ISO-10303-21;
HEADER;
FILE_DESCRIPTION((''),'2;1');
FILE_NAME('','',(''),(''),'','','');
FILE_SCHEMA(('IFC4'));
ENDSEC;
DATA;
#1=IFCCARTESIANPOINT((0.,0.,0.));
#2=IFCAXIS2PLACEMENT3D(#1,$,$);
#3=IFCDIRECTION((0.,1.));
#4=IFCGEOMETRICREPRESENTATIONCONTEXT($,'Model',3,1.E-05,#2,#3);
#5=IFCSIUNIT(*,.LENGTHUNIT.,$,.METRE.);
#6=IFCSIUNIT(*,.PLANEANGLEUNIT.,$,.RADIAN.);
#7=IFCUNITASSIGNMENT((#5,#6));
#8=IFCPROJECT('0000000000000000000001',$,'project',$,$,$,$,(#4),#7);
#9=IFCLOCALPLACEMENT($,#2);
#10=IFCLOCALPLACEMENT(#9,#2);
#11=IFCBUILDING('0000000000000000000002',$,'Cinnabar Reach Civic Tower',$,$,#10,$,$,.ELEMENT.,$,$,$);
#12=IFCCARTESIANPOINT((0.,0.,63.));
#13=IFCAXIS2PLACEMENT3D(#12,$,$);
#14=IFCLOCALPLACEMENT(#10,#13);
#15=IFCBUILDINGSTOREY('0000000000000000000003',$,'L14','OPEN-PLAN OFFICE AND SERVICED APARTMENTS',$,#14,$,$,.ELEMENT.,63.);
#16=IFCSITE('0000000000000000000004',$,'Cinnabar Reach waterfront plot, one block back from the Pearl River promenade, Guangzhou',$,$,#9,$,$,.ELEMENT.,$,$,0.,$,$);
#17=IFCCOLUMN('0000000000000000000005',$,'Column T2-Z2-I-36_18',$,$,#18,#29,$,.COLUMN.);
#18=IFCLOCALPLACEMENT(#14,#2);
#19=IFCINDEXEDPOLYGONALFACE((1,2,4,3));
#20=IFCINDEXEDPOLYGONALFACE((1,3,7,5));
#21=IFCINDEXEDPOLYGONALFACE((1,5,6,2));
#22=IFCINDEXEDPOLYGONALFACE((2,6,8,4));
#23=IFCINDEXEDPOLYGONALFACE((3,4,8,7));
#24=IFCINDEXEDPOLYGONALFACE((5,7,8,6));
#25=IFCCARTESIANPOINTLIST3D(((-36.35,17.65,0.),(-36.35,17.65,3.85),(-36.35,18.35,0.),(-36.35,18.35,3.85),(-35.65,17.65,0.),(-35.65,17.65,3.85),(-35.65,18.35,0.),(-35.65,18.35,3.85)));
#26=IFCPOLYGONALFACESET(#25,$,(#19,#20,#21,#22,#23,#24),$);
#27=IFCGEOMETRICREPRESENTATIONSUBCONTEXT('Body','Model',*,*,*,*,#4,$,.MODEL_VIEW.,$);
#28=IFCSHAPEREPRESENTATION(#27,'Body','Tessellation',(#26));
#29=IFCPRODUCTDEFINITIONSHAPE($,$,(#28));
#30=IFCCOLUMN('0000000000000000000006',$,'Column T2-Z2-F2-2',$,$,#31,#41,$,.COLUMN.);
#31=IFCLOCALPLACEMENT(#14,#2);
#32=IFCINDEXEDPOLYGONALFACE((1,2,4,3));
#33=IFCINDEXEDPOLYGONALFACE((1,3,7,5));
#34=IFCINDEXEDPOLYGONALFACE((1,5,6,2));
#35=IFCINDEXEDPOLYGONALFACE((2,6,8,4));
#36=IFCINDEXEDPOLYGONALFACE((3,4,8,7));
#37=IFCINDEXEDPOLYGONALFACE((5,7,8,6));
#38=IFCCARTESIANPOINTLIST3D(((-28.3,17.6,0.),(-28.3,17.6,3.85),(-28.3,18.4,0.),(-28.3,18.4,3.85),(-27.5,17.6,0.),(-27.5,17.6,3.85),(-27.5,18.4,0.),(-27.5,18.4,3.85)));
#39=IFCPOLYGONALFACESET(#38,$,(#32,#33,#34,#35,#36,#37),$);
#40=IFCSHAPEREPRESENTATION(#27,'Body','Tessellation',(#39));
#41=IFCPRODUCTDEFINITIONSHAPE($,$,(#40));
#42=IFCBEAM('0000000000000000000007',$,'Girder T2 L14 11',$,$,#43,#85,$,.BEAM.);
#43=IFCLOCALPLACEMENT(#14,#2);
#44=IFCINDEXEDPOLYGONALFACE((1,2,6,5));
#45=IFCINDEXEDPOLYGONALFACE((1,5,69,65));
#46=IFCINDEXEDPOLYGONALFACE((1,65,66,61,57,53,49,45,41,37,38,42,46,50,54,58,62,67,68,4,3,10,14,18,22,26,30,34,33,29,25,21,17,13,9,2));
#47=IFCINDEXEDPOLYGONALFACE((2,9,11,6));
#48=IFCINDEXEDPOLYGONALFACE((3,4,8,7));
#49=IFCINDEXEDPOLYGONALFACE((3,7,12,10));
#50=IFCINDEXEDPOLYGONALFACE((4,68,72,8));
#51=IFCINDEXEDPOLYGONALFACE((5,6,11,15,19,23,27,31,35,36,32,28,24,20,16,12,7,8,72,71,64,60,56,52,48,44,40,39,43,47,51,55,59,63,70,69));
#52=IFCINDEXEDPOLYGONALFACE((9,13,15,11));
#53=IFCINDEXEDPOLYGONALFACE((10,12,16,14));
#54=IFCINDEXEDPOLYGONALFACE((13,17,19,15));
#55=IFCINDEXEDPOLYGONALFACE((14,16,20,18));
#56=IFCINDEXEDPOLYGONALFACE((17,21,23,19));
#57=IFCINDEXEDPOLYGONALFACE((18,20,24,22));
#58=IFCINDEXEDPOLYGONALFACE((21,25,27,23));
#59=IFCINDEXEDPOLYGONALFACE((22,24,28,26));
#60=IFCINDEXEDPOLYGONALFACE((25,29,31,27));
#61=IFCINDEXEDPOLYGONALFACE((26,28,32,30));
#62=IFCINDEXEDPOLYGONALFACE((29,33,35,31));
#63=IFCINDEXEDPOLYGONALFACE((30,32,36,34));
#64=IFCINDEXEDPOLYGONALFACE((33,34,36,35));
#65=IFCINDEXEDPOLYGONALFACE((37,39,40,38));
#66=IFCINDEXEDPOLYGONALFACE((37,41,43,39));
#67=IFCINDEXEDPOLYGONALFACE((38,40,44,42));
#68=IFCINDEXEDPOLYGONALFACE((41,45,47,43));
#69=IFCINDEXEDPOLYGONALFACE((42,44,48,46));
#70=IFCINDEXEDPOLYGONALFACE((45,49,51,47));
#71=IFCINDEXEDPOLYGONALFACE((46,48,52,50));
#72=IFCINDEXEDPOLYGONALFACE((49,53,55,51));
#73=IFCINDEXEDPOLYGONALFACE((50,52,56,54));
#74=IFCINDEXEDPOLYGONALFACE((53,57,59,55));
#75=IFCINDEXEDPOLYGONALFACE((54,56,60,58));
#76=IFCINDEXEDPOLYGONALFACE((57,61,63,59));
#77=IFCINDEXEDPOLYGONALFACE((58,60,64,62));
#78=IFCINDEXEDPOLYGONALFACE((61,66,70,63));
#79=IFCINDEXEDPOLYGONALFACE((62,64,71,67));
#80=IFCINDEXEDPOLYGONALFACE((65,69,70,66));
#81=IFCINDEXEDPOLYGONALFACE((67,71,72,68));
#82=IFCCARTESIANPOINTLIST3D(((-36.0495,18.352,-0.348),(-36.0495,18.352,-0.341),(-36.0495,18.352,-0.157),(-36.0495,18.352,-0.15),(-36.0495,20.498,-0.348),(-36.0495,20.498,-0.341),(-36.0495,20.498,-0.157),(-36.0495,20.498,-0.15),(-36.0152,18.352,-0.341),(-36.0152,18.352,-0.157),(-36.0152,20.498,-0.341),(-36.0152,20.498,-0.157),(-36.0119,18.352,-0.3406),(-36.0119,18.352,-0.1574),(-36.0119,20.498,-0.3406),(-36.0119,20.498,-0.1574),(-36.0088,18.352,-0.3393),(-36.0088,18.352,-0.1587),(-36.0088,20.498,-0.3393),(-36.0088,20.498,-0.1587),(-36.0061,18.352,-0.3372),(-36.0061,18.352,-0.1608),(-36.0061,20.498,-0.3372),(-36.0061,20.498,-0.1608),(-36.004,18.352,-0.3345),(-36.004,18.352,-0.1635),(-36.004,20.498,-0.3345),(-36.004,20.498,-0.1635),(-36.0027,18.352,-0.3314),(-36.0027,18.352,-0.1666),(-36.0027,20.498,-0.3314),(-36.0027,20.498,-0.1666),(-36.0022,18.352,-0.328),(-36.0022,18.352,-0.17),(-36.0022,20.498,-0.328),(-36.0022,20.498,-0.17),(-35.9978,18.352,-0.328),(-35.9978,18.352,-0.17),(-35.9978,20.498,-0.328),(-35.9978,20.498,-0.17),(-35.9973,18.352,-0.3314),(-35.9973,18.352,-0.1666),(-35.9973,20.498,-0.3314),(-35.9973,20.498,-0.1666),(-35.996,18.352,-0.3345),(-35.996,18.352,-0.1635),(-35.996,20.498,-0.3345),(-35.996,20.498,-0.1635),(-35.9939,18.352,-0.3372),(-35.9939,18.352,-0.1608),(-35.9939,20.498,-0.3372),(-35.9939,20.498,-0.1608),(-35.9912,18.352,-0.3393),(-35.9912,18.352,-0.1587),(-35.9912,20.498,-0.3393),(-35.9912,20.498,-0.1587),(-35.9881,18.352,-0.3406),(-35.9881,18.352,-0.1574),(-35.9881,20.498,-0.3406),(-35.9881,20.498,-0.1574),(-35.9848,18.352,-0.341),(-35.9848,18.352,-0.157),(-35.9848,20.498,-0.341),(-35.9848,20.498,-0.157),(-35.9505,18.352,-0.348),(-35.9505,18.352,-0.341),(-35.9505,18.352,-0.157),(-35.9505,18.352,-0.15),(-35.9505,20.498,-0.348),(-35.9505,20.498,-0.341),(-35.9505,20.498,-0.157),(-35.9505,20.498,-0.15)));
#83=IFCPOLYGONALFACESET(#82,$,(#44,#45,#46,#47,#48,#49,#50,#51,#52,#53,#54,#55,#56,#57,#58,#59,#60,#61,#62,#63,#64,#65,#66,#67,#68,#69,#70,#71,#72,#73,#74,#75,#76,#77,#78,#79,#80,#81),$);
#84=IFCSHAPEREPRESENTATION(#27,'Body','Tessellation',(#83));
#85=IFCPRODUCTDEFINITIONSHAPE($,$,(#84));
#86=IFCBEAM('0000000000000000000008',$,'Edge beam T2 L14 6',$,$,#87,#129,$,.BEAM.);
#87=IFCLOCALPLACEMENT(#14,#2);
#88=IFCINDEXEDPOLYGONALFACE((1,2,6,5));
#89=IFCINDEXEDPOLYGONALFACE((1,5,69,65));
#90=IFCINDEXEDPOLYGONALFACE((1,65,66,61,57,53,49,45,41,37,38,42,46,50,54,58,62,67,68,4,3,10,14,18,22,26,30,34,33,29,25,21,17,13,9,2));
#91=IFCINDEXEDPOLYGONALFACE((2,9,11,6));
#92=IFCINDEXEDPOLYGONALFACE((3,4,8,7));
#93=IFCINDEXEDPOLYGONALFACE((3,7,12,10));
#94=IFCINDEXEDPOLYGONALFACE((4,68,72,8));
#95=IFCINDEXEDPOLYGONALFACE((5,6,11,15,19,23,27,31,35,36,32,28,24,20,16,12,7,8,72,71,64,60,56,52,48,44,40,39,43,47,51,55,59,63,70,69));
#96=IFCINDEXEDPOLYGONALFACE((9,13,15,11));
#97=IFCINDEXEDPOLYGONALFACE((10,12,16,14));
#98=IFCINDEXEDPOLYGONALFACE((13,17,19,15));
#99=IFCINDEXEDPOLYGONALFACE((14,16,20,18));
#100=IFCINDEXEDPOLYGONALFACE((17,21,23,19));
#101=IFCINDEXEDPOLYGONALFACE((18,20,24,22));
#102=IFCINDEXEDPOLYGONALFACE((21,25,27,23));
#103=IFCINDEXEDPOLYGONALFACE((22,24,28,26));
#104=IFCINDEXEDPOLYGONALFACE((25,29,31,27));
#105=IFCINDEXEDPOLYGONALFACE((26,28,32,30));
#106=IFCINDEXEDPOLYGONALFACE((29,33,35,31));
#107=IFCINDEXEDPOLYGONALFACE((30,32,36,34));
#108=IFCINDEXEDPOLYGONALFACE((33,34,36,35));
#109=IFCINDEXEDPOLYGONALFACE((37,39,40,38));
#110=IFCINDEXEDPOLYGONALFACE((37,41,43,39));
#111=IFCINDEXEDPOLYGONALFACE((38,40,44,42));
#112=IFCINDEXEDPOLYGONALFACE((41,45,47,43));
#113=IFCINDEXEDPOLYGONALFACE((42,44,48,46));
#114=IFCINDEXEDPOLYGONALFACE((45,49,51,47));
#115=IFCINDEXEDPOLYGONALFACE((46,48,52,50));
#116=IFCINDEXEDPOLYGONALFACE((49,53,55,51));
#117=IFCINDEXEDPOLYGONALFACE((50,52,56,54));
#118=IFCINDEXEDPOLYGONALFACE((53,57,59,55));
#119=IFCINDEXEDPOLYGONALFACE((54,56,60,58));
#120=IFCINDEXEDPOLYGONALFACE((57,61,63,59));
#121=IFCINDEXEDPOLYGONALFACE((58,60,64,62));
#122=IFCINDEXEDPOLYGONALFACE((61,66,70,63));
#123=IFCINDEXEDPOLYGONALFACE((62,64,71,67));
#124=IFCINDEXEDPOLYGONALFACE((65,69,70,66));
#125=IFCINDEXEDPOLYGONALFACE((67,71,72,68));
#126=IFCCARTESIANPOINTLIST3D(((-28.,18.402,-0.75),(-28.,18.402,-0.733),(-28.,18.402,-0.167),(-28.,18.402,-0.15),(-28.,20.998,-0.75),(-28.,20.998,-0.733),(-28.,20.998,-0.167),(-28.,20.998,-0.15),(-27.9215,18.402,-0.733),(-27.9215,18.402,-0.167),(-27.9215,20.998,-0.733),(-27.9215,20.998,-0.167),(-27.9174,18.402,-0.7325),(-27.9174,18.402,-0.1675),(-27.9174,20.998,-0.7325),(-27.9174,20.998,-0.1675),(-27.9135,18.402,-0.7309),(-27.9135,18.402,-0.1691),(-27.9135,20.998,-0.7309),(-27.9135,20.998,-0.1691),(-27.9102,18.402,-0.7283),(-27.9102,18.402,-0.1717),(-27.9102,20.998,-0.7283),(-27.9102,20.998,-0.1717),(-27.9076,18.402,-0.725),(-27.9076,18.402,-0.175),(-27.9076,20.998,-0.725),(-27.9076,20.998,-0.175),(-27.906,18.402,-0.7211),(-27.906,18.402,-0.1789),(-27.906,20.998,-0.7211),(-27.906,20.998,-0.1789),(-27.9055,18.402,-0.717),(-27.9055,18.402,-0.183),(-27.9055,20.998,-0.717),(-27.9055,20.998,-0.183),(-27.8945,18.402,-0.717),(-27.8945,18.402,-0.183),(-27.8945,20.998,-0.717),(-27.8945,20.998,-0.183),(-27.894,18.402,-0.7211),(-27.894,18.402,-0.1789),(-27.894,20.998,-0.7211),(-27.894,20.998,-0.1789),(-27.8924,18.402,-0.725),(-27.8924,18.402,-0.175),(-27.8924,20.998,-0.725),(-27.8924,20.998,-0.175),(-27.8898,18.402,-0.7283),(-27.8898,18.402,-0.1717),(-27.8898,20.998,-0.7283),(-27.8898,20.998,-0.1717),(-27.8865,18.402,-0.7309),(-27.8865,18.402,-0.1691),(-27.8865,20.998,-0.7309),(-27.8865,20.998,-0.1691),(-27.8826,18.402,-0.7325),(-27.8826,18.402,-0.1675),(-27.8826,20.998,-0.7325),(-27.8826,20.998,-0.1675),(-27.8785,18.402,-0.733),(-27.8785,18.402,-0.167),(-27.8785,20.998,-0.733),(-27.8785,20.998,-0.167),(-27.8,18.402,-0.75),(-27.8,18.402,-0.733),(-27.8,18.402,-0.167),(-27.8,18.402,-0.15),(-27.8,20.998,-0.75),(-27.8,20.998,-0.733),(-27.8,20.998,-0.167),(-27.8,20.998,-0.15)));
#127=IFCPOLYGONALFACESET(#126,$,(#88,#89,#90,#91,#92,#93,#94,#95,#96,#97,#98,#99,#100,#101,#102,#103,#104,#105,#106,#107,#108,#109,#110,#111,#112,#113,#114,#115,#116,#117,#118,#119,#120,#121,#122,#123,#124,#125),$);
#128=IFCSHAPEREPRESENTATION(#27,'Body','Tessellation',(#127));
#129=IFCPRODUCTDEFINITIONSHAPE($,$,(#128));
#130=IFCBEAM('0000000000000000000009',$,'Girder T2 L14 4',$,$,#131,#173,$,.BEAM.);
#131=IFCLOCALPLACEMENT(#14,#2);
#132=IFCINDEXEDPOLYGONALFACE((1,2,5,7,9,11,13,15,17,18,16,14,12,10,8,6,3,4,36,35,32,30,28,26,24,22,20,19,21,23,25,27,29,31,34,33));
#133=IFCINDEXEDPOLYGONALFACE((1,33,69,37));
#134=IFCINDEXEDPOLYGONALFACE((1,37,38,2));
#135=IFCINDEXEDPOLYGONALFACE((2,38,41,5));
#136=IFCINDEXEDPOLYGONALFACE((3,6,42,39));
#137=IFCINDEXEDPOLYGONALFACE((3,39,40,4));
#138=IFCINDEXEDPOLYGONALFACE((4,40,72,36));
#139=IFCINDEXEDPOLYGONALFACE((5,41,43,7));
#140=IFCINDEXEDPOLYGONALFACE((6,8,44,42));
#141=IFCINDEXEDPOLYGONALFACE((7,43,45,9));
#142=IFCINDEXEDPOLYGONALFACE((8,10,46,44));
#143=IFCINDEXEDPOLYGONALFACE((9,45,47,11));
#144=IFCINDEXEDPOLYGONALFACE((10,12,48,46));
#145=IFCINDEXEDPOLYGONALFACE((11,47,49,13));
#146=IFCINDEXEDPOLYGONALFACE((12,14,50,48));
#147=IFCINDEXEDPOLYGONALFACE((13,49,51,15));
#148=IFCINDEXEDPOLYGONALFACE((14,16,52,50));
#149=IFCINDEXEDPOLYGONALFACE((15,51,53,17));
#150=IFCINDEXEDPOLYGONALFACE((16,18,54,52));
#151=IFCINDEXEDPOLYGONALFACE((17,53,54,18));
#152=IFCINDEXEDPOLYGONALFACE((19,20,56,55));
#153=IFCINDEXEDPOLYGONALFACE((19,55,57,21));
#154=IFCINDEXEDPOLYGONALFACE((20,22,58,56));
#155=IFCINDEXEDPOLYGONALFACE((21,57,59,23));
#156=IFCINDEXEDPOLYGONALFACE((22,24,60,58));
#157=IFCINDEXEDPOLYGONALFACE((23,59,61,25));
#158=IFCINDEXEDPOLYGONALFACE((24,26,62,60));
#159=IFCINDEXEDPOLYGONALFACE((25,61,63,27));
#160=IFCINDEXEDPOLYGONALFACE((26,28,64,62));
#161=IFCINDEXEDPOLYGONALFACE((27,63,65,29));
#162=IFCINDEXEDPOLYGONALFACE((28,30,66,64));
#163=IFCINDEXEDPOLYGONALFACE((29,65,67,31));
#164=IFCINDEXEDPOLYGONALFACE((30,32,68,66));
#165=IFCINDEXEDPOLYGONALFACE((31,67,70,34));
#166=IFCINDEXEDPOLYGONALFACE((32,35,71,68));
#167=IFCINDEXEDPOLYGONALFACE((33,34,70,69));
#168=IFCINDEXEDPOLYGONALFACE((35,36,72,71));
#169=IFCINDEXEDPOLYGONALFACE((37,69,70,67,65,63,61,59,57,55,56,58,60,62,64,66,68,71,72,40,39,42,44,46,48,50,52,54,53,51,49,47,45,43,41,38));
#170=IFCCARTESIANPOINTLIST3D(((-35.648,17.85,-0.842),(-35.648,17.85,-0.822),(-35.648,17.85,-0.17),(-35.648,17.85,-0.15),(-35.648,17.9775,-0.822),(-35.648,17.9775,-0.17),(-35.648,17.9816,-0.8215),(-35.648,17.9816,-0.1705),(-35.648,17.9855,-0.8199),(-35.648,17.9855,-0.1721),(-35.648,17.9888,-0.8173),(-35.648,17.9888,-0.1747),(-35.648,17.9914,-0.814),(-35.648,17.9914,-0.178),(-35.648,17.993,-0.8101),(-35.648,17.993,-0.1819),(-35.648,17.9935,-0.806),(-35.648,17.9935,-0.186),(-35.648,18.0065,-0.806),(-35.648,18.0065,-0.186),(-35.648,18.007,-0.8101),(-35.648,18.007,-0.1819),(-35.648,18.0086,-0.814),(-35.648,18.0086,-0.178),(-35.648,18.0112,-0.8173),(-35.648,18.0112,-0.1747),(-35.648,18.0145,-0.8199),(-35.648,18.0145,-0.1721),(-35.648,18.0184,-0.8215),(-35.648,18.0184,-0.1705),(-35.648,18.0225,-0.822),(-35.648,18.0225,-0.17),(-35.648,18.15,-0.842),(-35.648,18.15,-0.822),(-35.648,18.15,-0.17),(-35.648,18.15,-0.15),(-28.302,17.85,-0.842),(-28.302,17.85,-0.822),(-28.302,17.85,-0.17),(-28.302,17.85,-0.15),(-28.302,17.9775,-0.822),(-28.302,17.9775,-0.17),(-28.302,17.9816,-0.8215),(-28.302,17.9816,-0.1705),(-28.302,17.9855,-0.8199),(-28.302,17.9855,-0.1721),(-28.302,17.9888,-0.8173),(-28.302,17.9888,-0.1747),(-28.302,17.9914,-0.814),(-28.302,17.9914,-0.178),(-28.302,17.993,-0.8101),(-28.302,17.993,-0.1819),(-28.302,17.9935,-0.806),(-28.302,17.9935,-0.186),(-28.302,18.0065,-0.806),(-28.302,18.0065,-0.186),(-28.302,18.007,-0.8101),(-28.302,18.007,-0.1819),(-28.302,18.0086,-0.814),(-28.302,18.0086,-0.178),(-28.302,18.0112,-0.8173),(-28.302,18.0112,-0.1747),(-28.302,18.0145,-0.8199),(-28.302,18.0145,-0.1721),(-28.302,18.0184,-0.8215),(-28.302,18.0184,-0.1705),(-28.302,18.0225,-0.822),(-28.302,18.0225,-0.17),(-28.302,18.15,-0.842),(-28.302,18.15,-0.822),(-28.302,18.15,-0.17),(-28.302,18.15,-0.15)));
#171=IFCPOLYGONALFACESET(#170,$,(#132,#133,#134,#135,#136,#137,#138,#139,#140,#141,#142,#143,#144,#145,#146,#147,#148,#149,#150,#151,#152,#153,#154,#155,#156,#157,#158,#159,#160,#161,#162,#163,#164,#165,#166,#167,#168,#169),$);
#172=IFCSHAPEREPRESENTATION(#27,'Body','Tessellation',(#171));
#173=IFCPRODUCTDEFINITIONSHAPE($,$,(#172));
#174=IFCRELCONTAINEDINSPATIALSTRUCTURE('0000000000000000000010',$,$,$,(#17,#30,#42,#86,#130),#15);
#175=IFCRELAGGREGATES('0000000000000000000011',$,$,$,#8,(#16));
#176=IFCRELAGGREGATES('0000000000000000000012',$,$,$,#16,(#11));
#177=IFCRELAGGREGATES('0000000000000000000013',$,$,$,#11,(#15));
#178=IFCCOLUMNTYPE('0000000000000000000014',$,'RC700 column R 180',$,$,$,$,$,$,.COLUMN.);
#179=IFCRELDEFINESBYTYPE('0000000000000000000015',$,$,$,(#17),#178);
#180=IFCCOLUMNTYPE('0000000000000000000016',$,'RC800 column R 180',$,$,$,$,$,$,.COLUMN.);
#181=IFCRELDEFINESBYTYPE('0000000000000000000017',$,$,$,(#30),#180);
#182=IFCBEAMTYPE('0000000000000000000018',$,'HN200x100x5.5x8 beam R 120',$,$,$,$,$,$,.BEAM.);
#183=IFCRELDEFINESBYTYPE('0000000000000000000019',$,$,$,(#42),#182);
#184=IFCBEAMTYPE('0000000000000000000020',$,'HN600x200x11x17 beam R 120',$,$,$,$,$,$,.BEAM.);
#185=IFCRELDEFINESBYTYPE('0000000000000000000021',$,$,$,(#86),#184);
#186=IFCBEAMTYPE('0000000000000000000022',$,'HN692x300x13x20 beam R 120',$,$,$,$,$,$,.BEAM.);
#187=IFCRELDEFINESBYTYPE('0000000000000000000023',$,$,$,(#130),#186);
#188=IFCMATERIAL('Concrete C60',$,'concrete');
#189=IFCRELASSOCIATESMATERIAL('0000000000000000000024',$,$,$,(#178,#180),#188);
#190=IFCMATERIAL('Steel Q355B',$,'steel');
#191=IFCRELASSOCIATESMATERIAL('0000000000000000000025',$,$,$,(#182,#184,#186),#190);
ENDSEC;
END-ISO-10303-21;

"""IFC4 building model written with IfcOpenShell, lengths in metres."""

from ifc_helpers import new_model, si_unit, direction, frame, origin, origin_2d, place, context, subcontext, project, spatial, rectangle, i_section, extrude, material, material_profile, profile_set, type_object, element, save


model = new_model("IFC4")

# Units and contexts
model_context = context("Model", 3, precision=1e-05, world=origin(), true_north=direction((0.0, 1.0)))
body_context = subcontext(model_context, "Body", "Model", "MODEL_VIEW")
ifc_project = project(units=[si_unit("LENGTHUNIT", "METRE"), si_unit("PLANEANGLEUNIT", "RADIAN")], contexts=[model_context])

# Site, building, storey
site_placement = place(None, origin())
site = spatial("IfcSite", under=ifc_project, at=site_placement, Name="Cinnabar Reach waterfront plot, one block back from the Pearl River promenade, Guangzhou", CompositionType="ELEMENT", RefElevation=0.0)
building_placement = place(site_placement, origin())
building = spatial("IfcBuilding", under=site, at=building_placement, Name="Cinnabar Reach Civic Tower", CompositionType="ELEMENT")
storey_placement = place(building_placement, frame((0.0, 0.0, 63.0)))
storey = spatial("IfcBuildingStorey", under=building, at=storey_placement, Name="L14", Description="OPEN-PLAN OFFICE AND SERVICED APARTMENTS", CompositionType="ELEMENT", Elevation=63.0)

# Columns
ifc_material_1 = material(Name="Concrete C60", Category="concrete")
ifc_material_profile_1 = material_profile(ifc_material_1, rectangle(XDim=0.7, YDim=0.7, at=origin_2d()), Name="RC700")
ifc_profile_set_1 = profile_set([ifc_material_profile_1], Name="Concrete C60")
column_type_1 = type_object("IfcColumnType", Name="RC700 column R 180", PredefinedType="COLUMN", material=ifc_profile_set_1)
column_1_placement = place(storey_placement, frame((-36.0, 18.0, 0.0), z_axis=(0.0, 0.0, 1.0), x_axis=(1.0, 0.0, 0.0)))
element("IfcColumn", 1, at=column_1_placement, inside=storey, type_object=column_type_1, Name="Column T2-Z2-I-36_18", PredefinedType="COLUMN", context=body_context, shape_type="SweptSolid", body=[
    extrude(rectangle(XDim=0.7, YDim=0.7, at=origin_2d()), origin(), (0.0, 0.0, 1.0), 3.85),
])
ifc_material_profile_2 = material_profile(ifc_material_1, rectangle(XDim=0.8, YDim=0.8, at=origin_2d()), Name="RC800")
ifc_profile_set_2 = profile_set([ifc_material_profile_2], Name="Concrete C60")
column_type_2 = type_object("IfcColumnType", Name="RC800 column R 180", PredefinedType="COLUMN", material=ifc_profile_set_2)
column_2_placement = place(storey_placement, frame((-27.9, 18.0, 0.0), z_axis=(0.0, 0.0, 1.0), x_axis=(1.0, 0.0, 0.0)))
element("IfcColumn", 2, at=column_2_placement, inside=storey, type_object=column_type_2, Name="Column T2-Z2-F2-2", PredefinedType="COLUMN", context=body_context, shape_type="SweptSolid", body=[
    extrude(rectangle(XDim=0.8, YDim=0.8, at=origin_2d()), origin(), (0.0, 0.0, 1.0), 3.85),
])

# Beams
ifc_material_2 = material(Name="Steel Q355B", Category="steel")
ifc_material_profile_3 = material_profile(ifc_material_2, i_section(OverallWidth=0.099, OverallDepth=0.198, WebThickness=0.0045, FlangeThickness=0.007, FilletRadius=0.013, at=origin_2d()), Name="HN200x100x5.5x8")
ifc_profile_set_3 = profile_set([ifc_material_profile_3], Name="Steel Q355B")
beam_type_1 = type_object("IfcBeamType", Name="HN200x100x5.5x8 beam R 120", PredefinedType="BEAM", material=ifc_profile_set_3)
beam_1_placement = place(storey_placement, frame((-36.0, 18.352, -0.249), z_axis=(0.0, 1.0, 0.0), x_axis=(-1.0, 0.0, 0.0)))
element("IfcBeam", 3, at=beam_1_placement, inside=storey, type_object=beam_type_1, Name="Girder T2 L14 11", PredefinedType="BEAM", context=body_context, shape_type="SweptSolid", body=[
    extrude(i_section(OverallWidth=0.099, OverallDepth=0.198, WebThickness=0.0045, FlangeThickness=0.007, FilletRadius=0.013, at=origin_2d()), origin(), (0.0, 0.0, 1.0), 2.146),
])
ifc_material_profile_4 = material_profile(ifc_material_2, i_section(OverallWidth=0.2, OverallDepth=0.6, WebThickness=0.011, FlangeThickness=0.017, FilletRadius=0.016, at=origin_2d()), Name="HN600x200x11x17")
ifc_profile_set_4 = profile_set([ifc_material_profile_4], Name="Steel Q355B")
beam_type_2 = type_object("IfcBeamType", Name="HN600x200x11x17 beam R 120", PredefinedType="BEAM", material=ifc_profile_set_4)
beam_2_placement = place(storey_placement, frame((-27.9, 18.402, -0.45), z_axis=(0.0, 1.0, 0.0), x_axis=(-1.0, 0.0, 0.0)))
element("IfcBeam", 4, at=beam_2_placement, inside=storey, type_object=beam_type_2, Name="Edge beam T2 L14 6", PredefinedType="BEAM", context=body_context, shape_type="SweptSolid", body=[
    extrude(i_section(OverallWidth=0.2, OverallDepth=0.6, WebThickness=0.011, FlangeThickness=0.017, FilletRadius=0.016, at=origin_2d()), origin(), (0.0, 0.0, 1.0), 2.596),
])
ifc_material_profile_5 = material_profile(ifc_material_2, i_section(OverallWidth=0.3, OverallDepth=0.692, WebThickness=0.013, FlangeThickness=0.02, FilletRadius=0.016, at=origin_2d()), Name="HN692x300x13x20")
ifc_profile_set_5 = profile_set([ifc_material_profile_5], Name="Steel Q355B")
beam_type_3 = type_object("IfcBeamType", Name="HN692x300x13x20 beam R 120", PredefinedType="BEAM", material=ifc_profile_set_5)
beam_3_placement = place(storey_placement, frame((-35.648, 18.0, -0.496), z_axis=(1.0, 0.0, 0.0), x_axis=(0.0, 1.0, 0.0)))
element("IfcBeam", 5, at=beam_3_placement, inside=storey, type_object=beam_type_3, Name="Girder T2 L14 4", PredefinedType="BEAM", context=body_context, shape_type="SweptSolid", body=[
    extrude(i_section(OverallWidth=0.3, OverallDepth=0.692, WebThickness=0.013, FlangeThickness=0.02, FilletRadius=0.016, at=origin_2d()), origin(), (0.0, 0.0, 1.0), 7.346),
])

save(model, "model.ifc")
